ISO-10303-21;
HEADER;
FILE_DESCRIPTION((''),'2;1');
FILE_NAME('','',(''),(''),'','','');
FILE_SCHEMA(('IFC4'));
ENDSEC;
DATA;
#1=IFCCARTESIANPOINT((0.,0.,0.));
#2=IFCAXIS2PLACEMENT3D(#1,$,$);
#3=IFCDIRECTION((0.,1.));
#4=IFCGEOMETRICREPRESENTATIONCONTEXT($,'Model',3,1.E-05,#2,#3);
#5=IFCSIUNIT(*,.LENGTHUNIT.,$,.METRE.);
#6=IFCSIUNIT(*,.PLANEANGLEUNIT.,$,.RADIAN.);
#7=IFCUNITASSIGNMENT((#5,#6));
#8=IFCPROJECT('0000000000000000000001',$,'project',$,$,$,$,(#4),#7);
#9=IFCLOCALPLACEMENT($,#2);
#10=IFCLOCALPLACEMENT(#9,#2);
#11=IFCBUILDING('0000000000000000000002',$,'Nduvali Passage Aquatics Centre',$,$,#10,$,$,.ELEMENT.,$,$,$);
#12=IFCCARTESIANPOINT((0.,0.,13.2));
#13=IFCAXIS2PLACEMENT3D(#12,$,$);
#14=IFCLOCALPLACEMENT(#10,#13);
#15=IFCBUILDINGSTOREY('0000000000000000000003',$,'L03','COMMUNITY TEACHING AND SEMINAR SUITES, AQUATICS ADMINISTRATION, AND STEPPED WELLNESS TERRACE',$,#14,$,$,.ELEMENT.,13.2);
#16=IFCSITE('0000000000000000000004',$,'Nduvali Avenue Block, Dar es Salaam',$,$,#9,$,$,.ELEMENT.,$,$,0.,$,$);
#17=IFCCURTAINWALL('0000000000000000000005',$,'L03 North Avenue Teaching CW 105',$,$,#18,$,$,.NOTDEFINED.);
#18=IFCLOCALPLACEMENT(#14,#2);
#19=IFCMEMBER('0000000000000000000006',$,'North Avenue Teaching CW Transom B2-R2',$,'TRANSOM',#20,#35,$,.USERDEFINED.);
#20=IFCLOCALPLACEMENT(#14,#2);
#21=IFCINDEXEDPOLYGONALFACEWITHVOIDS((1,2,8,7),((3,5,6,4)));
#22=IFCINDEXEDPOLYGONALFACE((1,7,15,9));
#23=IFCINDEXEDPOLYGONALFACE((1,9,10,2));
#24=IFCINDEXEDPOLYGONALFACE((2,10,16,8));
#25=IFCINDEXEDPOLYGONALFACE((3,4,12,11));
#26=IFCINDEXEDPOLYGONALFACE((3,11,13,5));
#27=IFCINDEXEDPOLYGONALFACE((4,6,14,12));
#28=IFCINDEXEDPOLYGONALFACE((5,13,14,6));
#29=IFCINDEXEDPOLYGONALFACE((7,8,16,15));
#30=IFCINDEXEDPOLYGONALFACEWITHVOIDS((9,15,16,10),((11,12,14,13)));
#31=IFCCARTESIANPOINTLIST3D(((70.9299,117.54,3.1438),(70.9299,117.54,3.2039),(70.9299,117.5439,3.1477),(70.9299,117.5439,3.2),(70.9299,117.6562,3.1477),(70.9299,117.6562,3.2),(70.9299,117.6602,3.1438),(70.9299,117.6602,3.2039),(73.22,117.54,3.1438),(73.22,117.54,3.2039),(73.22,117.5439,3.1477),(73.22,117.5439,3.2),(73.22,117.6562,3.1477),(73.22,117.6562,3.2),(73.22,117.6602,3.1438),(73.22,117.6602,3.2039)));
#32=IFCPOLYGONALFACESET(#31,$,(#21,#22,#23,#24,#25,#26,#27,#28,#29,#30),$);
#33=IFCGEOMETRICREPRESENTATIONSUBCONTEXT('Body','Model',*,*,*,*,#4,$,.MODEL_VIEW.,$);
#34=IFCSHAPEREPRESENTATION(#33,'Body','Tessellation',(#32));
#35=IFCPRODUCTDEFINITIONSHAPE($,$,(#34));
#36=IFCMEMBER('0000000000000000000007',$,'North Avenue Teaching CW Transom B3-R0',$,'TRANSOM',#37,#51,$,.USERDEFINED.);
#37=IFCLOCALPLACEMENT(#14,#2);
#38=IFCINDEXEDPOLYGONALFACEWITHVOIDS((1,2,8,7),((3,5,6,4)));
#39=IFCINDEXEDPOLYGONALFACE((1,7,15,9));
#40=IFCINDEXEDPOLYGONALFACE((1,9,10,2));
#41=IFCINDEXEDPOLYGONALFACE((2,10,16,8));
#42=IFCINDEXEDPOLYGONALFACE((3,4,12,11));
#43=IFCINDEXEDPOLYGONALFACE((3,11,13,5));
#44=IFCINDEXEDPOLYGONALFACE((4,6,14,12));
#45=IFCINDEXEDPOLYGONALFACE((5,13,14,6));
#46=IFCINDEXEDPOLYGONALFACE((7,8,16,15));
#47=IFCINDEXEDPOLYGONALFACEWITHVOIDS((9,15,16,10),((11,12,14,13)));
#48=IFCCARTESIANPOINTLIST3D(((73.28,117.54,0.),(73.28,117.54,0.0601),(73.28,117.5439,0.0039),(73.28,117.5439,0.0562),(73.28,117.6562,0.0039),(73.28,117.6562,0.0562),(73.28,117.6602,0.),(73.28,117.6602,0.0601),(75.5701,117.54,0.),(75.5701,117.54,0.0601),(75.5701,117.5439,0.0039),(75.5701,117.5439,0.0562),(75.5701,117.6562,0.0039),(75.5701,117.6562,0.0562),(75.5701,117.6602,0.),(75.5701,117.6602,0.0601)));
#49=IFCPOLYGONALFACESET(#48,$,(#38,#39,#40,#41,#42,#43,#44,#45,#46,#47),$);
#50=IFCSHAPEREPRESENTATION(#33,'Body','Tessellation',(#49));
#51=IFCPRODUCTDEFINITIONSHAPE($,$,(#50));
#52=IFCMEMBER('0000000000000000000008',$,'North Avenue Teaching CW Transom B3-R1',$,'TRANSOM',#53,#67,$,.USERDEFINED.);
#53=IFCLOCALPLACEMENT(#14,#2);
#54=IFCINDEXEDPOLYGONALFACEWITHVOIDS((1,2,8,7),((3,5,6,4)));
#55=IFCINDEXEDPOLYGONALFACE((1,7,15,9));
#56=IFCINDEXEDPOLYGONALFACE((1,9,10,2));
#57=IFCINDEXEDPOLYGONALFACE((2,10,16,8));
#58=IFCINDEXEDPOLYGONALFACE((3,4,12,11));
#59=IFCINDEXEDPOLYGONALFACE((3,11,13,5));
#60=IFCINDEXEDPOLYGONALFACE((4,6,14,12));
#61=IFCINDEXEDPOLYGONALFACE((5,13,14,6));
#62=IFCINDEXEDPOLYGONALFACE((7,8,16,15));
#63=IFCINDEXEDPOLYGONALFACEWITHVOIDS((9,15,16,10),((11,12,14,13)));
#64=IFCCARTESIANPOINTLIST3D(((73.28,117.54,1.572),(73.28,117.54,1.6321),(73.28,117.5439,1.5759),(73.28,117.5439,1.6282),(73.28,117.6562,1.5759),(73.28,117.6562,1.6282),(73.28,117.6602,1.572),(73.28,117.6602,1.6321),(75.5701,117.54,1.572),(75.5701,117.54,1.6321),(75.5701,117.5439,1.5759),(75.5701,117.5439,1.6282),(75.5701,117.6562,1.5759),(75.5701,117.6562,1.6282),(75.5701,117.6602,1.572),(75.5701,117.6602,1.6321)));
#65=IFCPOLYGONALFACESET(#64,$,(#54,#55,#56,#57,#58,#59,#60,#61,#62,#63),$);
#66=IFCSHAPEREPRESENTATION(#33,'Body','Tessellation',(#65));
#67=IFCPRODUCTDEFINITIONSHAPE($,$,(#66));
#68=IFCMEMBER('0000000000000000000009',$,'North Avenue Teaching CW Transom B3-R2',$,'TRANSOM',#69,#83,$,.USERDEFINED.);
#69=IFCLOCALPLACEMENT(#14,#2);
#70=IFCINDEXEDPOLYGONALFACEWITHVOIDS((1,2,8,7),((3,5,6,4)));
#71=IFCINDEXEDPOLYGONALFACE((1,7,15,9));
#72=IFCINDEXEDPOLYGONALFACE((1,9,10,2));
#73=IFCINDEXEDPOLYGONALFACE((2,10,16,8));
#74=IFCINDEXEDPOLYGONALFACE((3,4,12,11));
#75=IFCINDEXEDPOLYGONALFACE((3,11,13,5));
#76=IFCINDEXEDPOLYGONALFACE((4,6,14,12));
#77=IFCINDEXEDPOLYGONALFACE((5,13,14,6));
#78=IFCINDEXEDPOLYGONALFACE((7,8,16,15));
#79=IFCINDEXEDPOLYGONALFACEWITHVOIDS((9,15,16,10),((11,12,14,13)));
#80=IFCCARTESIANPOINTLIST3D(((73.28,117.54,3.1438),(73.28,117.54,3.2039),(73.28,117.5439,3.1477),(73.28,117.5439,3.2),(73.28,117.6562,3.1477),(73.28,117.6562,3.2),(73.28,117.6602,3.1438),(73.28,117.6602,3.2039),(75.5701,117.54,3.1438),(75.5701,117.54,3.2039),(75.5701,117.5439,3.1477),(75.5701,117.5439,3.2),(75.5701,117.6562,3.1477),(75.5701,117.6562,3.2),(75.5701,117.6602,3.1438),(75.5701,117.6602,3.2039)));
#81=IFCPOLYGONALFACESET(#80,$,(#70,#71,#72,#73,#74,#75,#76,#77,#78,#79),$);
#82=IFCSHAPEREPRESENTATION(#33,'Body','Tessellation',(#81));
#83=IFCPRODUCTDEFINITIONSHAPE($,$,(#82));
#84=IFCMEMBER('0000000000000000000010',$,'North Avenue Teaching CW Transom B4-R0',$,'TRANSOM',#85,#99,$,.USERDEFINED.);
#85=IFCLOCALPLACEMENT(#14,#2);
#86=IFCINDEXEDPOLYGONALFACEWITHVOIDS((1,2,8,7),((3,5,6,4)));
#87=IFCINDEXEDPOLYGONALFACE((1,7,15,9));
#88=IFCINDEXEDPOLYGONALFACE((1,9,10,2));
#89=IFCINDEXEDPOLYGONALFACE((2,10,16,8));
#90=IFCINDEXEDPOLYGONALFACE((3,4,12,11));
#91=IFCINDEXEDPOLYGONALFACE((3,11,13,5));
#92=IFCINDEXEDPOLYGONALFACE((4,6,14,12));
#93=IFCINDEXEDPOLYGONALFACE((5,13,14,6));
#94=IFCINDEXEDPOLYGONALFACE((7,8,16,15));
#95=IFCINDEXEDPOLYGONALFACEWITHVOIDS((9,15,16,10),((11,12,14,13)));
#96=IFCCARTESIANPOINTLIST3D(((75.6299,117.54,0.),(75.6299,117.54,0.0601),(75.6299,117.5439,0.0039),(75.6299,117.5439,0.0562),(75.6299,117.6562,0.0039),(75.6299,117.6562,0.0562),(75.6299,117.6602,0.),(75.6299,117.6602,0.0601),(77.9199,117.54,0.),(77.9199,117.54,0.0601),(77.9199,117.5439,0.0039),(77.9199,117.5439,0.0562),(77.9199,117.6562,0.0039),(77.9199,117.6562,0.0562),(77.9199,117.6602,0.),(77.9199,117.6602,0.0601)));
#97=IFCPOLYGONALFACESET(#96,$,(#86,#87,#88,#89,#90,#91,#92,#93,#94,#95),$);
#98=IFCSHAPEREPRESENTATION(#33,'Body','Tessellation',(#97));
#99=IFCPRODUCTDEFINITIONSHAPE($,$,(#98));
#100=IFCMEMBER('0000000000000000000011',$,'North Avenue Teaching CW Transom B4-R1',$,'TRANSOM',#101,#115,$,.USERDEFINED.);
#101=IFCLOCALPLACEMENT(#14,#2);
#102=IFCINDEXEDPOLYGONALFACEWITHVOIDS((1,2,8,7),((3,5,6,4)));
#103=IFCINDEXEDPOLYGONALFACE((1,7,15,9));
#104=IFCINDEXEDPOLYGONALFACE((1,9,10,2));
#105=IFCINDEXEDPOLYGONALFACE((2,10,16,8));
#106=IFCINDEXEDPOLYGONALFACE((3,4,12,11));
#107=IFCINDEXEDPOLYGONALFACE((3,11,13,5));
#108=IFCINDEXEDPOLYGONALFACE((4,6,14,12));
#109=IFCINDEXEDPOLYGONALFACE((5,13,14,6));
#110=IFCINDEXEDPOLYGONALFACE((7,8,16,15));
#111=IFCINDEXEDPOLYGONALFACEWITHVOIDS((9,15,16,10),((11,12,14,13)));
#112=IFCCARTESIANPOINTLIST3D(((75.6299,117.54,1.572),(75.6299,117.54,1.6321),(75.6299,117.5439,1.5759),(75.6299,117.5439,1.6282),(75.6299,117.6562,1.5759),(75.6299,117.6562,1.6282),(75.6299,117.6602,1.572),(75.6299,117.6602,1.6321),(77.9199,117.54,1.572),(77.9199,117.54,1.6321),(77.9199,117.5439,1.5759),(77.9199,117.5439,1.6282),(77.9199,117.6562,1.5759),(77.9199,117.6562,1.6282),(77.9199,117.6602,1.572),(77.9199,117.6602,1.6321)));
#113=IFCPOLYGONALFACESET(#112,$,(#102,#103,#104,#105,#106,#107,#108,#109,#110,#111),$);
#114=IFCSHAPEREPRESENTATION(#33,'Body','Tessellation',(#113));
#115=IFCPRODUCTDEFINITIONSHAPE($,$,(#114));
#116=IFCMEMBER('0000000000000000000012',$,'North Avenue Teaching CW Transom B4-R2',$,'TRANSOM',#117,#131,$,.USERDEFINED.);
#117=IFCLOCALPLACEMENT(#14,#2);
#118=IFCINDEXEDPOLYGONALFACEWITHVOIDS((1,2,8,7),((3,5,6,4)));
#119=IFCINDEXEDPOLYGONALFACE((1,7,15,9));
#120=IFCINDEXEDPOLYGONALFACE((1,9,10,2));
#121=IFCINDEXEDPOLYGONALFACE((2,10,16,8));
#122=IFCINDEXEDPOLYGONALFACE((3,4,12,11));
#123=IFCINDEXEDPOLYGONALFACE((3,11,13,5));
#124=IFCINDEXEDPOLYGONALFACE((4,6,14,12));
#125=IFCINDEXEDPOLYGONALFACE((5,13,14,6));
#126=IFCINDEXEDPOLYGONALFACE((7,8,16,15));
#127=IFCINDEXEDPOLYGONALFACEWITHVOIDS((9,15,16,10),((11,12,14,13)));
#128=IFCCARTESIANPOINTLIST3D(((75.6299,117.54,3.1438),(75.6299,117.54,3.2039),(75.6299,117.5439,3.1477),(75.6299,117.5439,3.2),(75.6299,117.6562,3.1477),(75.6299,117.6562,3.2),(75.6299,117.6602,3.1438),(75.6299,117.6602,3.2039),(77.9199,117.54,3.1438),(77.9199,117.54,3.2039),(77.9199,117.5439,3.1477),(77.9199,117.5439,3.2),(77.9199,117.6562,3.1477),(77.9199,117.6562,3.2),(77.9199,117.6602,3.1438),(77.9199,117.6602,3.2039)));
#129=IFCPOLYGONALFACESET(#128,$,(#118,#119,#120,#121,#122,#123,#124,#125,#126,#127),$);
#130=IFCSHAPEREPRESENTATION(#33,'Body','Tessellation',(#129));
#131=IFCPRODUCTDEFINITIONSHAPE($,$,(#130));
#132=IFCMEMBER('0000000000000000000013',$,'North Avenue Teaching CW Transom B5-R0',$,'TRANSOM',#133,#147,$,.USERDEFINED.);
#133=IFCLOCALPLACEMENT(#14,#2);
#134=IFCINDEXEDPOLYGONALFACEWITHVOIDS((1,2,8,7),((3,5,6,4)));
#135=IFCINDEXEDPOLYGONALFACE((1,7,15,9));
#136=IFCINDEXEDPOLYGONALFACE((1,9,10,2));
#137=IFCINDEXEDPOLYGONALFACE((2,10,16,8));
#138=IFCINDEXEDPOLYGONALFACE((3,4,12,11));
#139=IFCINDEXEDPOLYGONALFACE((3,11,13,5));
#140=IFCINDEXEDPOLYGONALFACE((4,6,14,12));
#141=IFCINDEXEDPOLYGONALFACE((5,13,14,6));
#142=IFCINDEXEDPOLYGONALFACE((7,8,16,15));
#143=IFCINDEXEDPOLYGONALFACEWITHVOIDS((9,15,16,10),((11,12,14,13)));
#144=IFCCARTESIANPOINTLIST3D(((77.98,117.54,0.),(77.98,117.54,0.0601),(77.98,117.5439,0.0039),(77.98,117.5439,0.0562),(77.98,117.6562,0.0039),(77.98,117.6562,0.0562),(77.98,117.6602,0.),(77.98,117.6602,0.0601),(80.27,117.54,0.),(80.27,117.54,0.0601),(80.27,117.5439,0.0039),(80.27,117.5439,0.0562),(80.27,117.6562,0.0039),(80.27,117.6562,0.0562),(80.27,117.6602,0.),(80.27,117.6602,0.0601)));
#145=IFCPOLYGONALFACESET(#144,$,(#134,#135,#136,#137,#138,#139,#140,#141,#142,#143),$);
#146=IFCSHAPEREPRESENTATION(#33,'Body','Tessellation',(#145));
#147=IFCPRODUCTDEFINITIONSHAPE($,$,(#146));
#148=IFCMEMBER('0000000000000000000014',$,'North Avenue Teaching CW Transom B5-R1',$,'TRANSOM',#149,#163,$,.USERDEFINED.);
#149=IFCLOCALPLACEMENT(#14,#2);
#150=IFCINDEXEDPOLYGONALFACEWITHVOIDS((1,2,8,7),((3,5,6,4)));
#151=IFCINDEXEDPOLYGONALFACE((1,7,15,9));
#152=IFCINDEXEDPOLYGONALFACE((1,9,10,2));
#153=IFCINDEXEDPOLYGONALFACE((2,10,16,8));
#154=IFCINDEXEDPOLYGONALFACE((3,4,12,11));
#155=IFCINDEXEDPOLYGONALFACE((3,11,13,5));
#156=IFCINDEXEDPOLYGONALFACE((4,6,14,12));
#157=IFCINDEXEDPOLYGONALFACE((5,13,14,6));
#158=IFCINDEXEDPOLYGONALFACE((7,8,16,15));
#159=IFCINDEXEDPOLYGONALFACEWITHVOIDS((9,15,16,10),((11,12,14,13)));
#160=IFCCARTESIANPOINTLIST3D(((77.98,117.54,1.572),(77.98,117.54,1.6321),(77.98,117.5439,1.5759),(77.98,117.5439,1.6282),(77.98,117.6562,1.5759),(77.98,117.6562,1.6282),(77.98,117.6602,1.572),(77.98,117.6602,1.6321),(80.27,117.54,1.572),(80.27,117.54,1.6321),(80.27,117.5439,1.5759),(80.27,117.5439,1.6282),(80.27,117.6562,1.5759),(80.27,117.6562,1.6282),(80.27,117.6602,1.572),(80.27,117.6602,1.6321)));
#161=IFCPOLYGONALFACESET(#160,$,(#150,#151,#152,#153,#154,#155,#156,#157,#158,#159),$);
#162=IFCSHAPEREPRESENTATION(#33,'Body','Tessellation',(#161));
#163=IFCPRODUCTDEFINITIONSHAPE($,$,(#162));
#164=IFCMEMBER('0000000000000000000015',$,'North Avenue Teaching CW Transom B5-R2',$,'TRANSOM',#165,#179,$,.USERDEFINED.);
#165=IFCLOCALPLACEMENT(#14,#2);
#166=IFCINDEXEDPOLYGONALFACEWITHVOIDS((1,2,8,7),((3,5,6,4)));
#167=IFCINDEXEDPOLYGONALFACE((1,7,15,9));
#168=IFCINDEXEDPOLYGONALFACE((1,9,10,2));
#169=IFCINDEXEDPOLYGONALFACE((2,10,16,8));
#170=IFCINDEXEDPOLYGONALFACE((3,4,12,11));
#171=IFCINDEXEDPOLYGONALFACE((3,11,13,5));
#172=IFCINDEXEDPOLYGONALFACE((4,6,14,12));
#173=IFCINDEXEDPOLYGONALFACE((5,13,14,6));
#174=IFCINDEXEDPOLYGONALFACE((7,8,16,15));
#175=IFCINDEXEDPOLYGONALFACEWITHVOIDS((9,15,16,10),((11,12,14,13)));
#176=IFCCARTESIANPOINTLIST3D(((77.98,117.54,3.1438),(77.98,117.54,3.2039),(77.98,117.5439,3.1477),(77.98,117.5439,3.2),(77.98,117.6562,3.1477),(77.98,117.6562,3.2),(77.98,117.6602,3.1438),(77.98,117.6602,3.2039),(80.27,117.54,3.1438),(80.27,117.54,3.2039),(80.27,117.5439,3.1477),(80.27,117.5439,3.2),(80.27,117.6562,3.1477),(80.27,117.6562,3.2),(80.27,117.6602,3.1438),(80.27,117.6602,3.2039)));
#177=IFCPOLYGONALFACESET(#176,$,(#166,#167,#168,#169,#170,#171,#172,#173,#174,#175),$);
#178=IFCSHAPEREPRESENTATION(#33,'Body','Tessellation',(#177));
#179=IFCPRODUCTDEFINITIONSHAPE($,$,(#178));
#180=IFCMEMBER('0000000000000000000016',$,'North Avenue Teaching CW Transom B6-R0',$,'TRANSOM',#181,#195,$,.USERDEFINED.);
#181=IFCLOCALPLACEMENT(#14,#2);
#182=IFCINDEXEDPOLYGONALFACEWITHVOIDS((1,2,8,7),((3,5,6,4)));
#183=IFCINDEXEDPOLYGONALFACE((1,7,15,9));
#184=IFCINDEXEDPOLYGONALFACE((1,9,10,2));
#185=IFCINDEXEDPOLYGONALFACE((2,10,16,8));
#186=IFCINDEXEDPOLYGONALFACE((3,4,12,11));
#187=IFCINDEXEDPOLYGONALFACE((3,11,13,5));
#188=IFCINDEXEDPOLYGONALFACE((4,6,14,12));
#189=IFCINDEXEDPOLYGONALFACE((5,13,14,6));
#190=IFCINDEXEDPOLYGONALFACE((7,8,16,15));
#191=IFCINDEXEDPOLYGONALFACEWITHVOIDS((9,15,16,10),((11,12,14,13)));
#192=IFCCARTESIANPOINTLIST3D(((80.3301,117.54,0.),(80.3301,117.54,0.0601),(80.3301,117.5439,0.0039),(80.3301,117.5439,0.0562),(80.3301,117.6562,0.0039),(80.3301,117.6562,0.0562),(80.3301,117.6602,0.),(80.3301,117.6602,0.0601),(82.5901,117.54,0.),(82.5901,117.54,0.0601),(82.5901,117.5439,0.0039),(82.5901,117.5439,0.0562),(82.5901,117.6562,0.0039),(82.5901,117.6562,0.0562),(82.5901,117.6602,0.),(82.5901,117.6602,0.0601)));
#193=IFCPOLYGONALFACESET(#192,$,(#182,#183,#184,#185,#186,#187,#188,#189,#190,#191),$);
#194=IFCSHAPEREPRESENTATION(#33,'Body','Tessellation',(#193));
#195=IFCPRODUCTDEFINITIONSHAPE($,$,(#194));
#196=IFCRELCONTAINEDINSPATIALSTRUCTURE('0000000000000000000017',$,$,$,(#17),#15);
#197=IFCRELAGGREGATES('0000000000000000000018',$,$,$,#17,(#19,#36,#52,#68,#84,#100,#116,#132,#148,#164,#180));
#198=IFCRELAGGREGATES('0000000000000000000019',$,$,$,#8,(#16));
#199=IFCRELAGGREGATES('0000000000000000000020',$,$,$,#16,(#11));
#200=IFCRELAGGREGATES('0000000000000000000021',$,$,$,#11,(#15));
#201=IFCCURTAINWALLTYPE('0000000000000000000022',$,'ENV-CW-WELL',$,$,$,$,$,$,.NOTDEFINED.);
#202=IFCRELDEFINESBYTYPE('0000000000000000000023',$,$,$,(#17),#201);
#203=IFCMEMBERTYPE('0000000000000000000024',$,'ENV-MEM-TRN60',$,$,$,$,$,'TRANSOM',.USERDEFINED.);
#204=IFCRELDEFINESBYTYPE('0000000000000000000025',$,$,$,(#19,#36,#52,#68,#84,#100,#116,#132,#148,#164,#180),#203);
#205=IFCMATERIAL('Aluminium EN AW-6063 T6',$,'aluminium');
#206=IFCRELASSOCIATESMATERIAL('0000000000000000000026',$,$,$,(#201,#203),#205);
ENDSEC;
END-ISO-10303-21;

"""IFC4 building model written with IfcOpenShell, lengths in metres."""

from ifc_helpers import new_model, si_unit, direction, frame, origin, origin_2d, place, context, subcontext, project, spatial, hollow_rectangle, extrude, material, material_profile, profile_set, type_object, element, aggregate, save


model = new_model("IFC4")

# Units and contexts
model_context = context("Model", 3, precision=1e-05, world=origin(), true_north=direction((0.0, 1.0)))
body_context = subcontext(model_context, "Body", "Model", "MODEL_VIEW")
ifc_project = project(units=[si_unit("LENGTHUNIT", "METRE"), si_unit("PLANEANGLEUNIT", "RADIAN")], contexts=[model_context])

# Site, building, storey
site_placement = place(None, origin())
site = spatial("IfcSite", under=ifc_project, at=site_placement, Name="Nduvali Avenue Block, Dar es Salaam", CompositionType="ELEMENT", RefElevation=0.0)
building_placement = place(site_placement, origin())
building = spatial("IfcBuilding", under=site, at=building_placement, Name="Nduvali Passage Aquatics Centre", CompositionType="ELEMENT")
storey_placement = place(building_placement, frame((0.0, 0.0, 13.2)))
storey = spatial("IfcBuildingStorey", under=building, at=storey_placement, Name="L03", Description="COMMUNITY TEACHING AND SEMINAR SUITES, AQUATICS ADMINISTRATION, AND STEPPED WELLNESS TERRACE", CompositionType="ELEMENT", Elevation=13.2)

# Curtain wall, members
ifc_material_1 = material(Name="Aluminium EN AW-6063 T6", Category="aluminium")
curtain_wall_type = type_object("IfcCurtainWallType", Name="ENV-CW-WELL", PredefinedType="NOTDEFINED", material=ifc_material_1)
curtain_wall_placement = place(storey_placement, origin())
curtain_wall = element("IfcCurtainWall", 1, at=curtain_wall_placement, inside=storey, type_object=curtain_wall_type, Name="L03 North Avenue Teaching CW 105", PredefinedType="NOTDEFINED")
ifc_material_profile_1 = material_profile(ifc_material_1, hollow_rectangle(XDim=0.1201, YDim=0.0601, WallThickness=0.0039, at=origin_2d()), Name="ALU TRANSOM 120x60x4")
ifc_profile_set_1 = profile_set([ifc_material_profile_1], Name="Aluminium EN AW-6063 T6")
member_type_1 = type_object("IfcMemberType", Name="ENV-MEM-TRN60", ElementType="TRANSOM", PredefinedType="USERDEFINED", material=ifc_profile_set_1)
member_1_placement = place(storey_placement, frame((70.9299, 117.6001, 3.1738), z_axis=(1.0, 0.0, 0.0), x_axis=(0.0, 1.0, 0.0)))
member_1 = element("IfcMember", 2, at=member_1_placement, type_object=member_type_1, Name="North Avenue Teaching CW Transom B2-R2", ObjectType="TRANSOM", PredefinedType="USERDEFINED", context=body_context, shape_type="SweptSolid", body=[
    extrude(hollow_rectangle(XDim=0.1201, YDim=0.0601, WallThickness=0.0039, at=origin_2d()), origin(), (0.0, 0.0, 1.0), 2.29),
])
member_2_placement = place(storey_placement, frame((73.28, 117.6001, 0.03), z_axis=(1.0, 0.0, 0.0), x_axis=(0.0, 1.0, 0.0)))
member_2 = element("IfcMember", 3, at=member_2_placement, type_object=member_type_1, Name="North Avenue Teaching CW Transom B3-R0", ObjectType="TRANSOM", PredefinedType="USERDEFINED", context=body_context, shape_type="SweptSolid", body=[
    extrude(hollow_rectangle(XDim=0.1201, YDim=0.0601, WallThickness=0.0039, at=origin_2d()), origin(), (0.0, 0.0, 1.0), 2.29),
])
member_3_placement = place(storey_placement, frame((73.28, 117.6001, 1.6021), z_axis=(1.0, 0.0, 0.0), x_axis=(0.0, 1.0, 0.0)))
member_3 = element("IfcMember", 4, at=member_3_placement, type_object=member_type_1, Name="North Avenue Teaching CW Transom B3-R1", ObjectType="TRANSOM", PredefinedType="USERDEFINED", context=body_context, shape_type="SweptSolid", body=[
    extrude(hollow_rectangle(XDim=0.1201, YDim=0.0601, WallThickness=0.0039, at=origin_2d()), origin(), (0.0, 0.0, 1.0), 2.29),
])
member_4_placement = place(storey_placement, frame((73.28, 117.6001, 3.1738), z_axis=(1.0, 0.0, 0.0), x_axis=(0.0, 1.0, 0.0)))
member_4 = element("IfcMember", 5, at=member_4_placement, type_object=member_type_1, Name="North Avenue Teaching CW Transom B3-R2", ObjectType="TRANSOM", PredefinedType="USERDEFINED", context=body_context, shape_type="SweptSolid", body=[
    extrude(hollow_rectangle(XDim=0.1201, YDim=0.0601, WallThickness=0.0039, at=origin_2d()), origin(), (0.0, 0.0, 1.0), 2.29),
])
member_5_placement = place(storey_placement, frame((75.6299, 117.6001, 0.03), z_axis=(1.0, 0.0, 0.0), x_axis=(0.0, 1.0, 0.0)))
member_5 = element("IfcMember", 6, at=member_5_placement, type_object=member_type_1, Name="North Avenue Teaching CW Transom B4-R0", ObjectType="TRANSOM", PredefinedType="USERDEFINED", context=body_context, shape_type="SweptSolid", body=[
    extrude(hollow_rectangle(XDim=0.1201, YDim=0.0601, WallThickness=0.0039, at=origin_2d()), origin(), (0.0, 0.0, 1.0), 2.29),
])
member_6_placement = place(storey_placement, frame((75.6299, 117.6001, 1.6021), z_axis=(1.0, 0.0, 0.0), x_axis=(0.0, 1.0, 0.0)))
member_6 = element("IfcMember", 7, at=member_6_placement, type_object=member_type_1, Name="North Avenue Teaching CW Transom B4-R1", ObjectType="TRANSOM", PredefinedType="USERDEFINED", context=body_context, shape_type="SweptSolid", body=[
    extrude(hollow_rectangle(XDim=0.1201, YDim=0.0601, WallThickness=0.0039, at=origin_2d()), origin(), (0.0, 0.0, 1.0), 2.29),
])
member_7_placement = place(storey_placement, frame((75.6299, 117.6001, 3.1738), z_axis=(1.0, 0.0, 0.0), x_axis=(0.0, 1.0, 0.0)))
member_7 = element("IfcMember", 8, at=member_7_placement, type_object=member_type_1, Name="North Avenue Teaching CW Transom B4-R2", ObjectType="TRANSOM", PredefinedType="USERDEFINED", context=body_context, shape_type="SweptSolid", body=[
    extrude(hollow_rectangle(XDim=0.1201, YDim=0.0601, WallThickness=0.0039, at=origin_2d()), origin(), (0.0, 0.0, 1.0), 2.29),
])
member_8_placement = place(storey_placement, frame((77.98, 117.6001, 0.03), z_axis=(1.0, 0.0, 0.0), x_axis=(0.0, 1.0, 0.0)))
member_8 = element("IfcMember", 9, at=member_8_placement, type_object=member_type_1, Name="North Avenue Teaching CW Transom B5-R0", ObjectType="TRANSOM", PredefinedType="USERDEFINED", context=body_context, shape_type="SweptSolid", body=[
    extrude(hollow_rectangle(XDim=0.1201, YDim=0.0601, WallThickness=0.0039, at=origin_2d()), origin(), (0.0, 0.0, 1.0), 2.29),
])
member_9_placement = place(storey_placement, frame((77.98, 117.6001, 1.6021), z_axis=(1.0, 0.0, 0.0), x_axis=(0.0, 1.0, 0.0)))
member_9 = element("IfcMember", 10, at=member_9_placement, type_object=member_type_1, Name="North Avenue Teaching CW Transom B5-R1", ObjectType="TRANSOM", PredefinedType="USERDEFINED", context=body_context, shape_type="SweptSolid", body=[
    extrude(hollow_rectangle(XDim=0.1201, YDim=0.0601, WallThickness=0.0039, at=origin_2d()), origin(), (0.0, 0.0, 1.0), 2.29),
])
member_10_placement = place(storey_placement, frame((77.98, 117.6001, 3.1738), z_axis=(1.0, 0.0, 0.0), x_axis=(0.0, 1.0, 0.0)))
member_10 = element("IfcMember", 11, at=member_10_placement, type_object=member_type_1, Name="North Avenue Teaching CW Transom B5-R2", ObjectType="TRANSOM", PredefinedType="USERDEFINED", context=body_context, shape_type="SweptSolid", body=[
    extrude(hollow_rectangle(XDim=0.1201, YDim=0.0601, WallThickness=0.0039, at=origin_2d()), origin(), (0.0, 0.0, 1.0), 2.29),
])
member_11_placement = place(storey_placement, frame((80.3301, 117.6001, 0.03), z_axis=(1.0, 0.0, 0.0), x_axis=(0.0, 1.0, 0.0)))
member_11 = element("IfcMember", 12, at=member_11_placement, type_object=member_type_1, Name="North Avenue Teaching CW Transom B6-R0", ObjectType="TRANSOM", PredefinedType="USERDEFINED", context=body_context, shape_type="SweptSolid", body=[
    extrude(hollow_rectangle(XDim=0.1201, YDim=0.0601, WallThickness=0.0039, at=origin_2d()), origin(), (0.0, 0.0, 1.0), 2.26),
])
aggregate(curtain_wall, [member_1, member_2, member_3, member_4, member_5, member_6, member_7, member_8, member_9, member_10, member_11])

save(model, "model.ifc")
